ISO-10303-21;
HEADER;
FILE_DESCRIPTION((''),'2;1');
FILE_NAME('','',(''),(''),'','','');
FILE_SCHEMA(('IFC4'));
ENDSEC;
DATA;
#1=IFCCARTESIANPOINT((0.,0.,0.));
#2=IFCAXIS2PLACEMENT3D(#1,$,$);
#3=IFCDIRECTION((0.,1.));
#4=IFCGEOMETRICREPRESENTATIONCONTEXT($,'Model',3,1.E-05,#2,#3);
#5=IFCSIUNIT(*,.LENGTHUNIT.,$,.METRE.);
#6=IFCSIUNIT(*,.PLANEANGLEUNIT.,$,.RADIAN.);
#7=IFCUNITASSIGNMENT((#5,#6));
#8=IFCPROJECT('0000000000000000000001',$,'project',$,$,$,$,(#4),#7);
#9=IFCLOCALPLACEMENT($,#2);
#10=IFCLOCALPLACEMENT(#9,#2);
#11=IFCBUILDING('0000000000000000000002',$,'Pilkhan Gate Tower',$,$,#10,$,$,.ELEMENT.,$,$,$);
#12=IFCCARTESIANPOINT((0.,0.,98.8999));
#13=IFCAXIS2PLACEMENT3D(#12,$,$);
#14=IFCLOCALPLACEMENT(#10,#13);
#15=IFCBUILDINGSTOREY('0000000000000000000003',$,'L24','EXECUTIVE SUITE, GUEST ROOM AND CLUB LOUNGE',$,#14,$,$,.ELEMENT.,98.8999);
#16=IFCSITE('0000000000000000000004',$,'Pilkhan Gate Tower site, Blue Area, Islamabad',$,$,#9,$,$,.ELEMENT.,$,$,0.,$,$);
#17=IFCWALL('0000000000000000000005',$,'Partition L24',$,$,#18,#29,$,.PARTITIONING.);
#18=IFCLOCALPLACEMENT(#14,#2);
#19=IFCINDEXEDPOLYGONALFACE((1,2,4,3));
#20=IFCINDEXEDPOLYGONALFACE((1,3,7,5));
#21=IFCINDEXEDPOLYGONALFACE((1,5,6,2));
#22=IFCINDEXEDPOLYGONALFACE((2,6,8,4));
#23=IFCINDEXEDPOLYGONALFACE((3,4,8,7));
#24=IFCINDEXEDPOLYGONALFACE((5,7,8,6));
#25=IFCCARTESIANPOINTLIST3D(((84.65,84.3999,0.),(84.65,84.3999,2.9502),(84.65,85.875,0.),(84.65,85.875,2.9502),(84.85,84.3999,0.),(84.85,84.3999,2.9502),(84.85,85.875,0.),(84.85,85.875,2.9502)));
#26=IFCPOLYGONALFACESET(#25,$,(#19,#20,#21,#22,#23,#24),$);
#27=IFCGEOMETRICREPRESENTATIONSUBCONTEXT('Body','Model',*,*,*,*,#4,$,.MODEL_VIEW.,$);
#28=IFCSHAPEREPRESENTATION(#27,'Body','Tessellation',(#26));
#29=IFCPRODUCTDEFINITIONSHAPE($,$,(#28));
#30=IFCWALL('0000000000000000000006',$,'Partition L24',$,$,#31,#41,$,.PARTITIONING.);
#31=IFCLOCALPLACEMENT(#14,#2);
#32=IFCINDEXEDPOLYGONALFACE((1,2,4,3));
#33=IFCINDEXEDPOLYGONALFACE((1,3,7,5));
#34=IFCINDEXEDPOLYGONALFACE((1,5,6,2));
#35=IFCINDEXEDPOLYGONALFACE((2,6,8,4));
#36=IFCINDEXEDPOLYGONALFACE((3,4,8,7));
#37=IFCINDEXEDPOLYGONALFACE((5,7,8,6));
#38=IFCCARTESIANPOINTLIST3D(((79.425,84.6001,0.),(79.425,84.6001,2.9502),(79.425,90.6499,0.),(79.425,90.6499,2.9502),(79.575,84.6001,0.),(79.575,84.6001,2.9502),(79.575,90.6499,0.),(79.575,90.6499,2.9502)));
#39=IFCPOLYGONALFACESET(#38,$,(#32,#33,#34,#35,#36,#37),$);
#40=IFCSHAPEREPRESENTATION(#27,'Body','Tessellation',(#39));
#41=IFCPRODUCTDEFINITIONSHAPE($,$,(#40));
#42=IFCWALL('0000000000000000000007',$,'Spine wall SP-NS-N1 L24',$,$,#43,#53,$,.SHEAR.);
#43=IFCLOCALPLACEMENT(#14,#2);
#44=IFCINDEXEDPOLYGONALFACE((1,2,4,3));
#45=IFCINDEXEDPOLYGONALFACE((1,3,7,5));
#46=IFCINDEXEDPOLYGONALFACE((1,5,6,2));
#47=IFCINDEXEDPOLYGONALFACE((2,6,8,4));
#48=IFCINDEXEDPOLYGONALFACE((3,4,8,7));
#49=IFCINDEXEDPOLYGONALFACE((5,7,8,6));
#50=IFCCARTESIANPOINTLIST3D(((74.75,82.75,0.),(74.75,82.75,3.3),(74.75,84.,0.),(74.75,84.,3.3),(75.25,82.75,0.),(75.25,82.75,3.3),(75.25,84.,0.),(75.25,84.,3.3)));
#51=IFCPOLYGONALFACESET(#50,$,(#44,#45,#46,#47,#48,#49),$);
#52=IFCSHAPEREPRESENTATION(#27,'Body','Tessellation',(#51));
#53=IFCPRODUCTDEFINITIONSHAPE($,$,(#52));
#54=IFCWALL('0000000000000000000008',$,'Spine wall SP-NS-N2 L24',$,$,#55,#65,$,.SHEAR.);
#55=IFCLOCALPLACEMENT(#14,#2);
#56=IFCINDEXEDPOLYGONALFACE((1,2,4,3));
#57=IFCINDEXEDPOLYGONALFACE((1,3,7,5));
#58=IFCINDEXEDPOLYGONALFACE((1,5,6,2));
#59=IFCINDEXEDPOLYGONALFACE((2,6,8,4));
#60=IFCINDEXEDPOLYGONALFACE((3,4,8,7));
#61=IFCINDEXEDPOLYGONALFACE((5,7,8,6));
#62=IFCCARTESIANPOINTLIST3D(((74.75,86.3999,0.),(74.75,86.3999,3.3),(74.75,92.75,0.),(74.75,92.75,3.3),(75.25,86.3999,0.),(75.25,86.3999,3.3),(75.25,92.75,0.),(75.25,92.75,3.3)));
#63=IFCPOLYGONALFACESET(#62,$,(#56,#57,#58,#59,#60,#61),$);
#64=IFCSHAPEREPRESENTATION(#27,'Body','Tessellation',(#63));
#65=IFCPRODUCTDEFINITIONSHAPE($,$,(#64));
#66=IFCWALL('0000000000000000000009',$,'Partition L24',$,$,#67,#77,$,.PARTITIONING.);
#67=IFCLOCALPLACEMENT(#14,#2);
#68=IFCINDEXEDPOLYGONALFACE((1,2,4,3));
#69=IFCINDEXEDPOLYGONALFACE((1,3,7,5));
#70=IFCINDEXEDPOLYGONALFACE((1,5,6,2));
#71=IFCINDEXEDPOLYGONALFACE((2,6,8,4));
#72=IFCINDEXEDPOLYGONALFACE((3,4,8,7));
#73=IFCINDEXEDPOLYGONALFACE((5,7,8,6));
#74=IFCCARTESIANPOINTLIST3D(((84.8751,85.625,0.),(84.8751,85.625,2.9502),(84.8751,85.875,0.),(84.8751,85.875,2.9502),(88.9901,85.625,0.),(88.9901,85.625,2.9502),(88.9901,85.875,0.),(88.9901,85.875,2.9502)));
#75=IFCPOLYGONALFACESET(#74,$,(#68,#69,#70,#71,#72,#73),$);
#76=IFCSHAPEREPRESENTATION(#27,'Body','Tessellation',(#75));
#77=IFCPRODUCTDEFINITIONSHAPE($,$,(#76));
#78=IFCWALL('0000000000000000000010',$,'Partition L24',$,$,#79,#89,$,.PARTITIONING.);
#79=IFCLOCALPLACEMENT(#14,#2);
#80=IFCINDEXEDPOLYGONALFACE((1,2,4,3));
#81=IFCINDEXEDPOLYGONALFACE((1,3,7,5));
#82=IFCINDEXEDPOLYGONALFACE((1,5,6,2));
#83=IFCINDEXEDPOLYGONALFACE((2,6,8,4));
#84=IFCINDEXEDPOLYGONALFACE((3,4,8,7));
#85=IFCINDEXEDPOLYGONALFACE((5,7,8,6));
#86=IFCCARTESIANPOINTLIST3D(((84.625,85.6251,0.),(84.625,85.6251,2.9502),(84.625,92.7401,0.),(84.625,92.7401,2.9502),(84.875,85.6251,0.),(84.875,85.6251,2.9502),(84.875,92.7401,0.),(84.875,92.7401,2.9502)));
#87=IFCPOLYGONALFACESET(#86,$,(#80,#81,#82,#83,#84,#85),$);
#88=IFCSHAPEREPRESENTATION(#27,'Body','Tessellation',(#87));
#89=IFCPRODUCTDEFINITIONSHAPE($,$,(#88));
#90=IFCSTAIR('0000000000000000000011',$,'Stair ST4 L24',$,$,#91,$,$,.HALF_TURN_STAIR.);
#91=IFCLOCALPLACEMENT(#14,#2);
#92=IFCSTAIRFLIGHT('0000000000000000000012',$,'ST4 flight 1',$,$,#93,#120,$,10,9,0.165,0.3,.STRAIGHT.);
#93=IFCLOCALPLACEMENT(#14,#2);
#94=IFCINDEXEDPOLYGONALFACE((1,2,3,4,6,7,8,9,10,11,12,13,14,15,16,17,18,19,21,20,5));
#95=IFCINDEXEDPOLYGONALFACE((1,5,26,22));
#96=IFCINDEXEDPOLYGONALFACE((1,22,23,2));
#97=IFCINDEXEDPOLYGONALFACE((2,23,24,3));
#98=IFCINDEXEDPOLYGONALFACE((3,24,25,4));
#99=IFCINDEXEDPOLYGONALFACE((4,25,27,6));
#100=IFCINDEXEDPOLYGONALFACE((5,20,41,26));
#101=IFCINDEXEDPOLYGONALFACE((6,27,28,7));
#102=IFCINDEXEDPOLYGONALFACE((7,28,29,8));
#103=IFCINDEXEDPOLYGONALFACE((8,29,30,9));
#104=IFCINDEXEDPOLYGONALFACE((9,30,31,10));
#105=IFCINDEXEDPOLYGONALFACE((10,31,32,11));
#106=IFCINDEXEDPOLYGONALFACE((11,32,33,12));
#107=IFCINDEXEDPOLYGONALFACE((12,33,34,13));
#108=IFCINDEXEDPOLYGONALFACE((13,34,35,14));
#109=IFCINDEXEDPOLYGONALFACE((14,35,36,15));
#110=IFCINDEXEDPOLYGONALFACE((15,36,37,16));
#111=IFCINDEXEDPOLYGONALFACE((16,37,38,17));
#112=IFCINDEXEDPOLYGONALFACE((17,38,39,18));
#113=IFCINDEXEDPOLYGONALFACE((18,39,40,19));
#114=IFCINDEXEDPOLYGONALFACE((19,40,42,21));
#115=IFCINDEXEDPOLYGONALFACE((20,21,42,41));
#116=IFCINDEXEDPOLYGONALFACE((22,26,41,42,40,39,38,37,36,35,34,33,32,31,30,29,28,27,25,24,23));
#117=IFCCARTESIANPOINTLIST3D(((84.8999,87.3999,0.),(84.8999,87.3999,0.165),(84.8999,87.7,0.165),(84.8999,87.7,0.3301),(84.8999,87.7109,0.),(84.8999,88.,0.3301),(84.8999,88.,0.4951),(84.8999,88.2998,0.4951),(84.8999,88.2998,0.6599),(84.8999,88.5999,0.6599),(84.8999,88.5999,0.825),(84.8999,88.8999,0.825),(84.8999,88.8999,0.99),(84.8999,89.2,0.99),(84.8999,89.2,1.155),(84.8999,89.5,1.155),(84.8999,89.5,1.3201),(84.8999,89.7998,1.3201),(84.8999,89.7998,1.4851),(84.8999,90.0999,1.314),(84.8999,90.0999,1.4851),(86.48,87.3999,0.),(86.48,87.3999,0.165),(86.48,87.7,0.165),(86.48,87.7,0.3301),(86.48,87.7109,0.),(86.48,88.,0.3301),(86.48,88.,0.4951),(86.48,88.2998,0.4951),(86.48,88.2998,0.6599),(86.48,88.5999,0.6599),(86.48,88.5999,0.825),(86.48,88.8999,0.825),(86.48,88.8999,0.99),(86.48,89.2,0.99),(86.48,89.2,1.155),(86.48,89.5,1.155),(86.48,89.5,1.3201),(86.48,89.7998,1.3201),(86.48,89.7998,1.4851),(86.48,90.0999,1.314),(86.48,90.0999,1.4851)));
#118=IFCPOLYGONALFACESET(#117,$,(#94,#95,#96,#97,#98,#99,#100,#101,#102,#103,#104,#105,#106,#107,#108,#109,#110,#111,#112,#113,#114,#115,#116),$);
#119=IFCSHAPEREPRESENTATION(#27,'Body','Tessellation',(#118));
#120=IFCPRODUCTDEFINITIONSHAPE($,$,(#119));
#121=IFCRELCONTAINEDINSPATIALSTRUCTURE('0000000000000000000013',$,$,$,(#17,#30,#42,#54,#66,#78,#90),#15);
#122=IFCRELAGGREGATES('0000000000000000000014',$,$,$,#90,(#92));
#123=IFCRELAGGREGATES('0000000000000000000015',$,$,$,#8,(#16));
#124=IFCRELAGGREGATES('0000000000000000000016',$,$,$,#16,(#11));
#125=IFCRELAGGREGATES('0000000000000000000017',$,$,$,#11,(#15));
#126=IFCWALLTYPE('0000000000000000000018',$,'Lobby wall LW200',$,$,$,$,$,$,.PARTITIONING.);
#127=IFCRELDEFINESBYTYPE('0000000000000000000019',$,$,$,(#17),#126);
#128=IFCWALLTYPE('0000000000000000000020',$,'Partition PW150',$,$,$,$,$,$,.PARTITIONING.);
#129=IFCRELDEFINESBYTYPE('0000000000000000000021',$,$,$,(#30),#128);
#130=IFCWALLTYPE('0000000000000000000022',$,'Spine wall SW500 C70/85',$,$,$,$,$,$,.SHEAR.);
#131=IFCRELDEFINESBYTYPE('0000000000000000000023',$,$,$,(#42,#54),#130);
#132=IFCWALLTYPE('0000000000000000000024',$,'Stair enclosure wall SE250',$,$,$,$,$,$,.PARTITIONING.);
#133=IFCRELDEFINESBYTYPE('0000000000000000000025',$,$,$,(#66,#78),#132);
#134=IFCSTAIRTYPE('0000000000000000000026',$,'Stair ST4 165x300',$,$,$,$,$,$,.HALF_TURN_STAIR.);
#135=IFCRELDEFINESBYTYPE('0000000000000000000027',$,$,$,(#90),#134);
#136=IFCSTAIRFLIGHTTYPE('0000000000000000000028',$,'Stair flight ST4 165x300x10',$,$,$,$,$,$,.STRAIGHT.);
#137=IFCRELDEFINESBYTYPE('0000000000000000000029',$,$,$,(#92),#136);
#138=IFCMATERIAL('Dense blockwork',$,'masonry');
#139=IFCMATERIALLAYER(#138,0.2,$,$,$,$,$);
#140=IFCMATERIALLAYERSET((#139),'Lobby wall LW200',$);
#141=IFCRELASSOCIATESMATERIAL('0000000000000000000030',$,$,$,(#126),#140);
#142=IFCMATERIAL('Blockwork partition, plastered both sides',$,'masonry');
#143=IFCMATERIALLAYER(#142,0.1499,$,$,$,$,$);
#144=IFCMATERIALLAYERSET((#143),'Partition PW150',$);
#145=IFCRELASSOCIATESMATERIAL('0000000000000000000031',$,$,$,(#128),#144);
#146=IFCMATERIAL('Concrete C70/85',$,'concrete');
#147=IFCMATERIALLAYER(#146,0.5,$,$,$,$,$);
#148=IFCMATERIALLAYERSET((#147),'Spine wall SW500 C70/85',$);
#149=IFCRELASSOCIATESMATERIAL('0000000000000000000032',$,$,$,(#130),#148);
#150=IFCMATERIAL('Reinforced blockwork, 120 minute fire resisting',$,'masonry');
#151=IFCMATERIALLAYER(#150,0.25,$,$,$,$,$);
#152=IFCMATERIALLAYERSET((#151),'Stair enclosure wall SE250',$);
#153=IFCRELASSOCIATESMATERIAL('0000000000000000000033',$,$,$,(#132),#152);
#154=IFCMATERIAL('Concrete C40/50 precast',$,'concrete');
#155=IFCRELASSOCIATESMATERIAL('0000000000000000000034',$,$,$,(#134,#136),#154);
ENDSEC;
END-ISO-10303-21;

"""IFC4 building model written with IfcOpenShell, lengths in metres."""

from ifc_helpers import new_model, si_unit, direction, frame, frame_2d, origin, place, context, subcontext, project, spatial, polyline, rectangle, outline, extrude, material, layer, layer_set, type_object, element, aggregate, save


model = new_model("IFC4")

# Units and contexts
model_context = context("Model", 3, precision=1e-05, world=origin(), true_north=direction((0.0, 1.0)))
body_context = subcontext(model_context, "Body", "Model", "MODEL_VIEW")
ifc_project = project(units=[si_unit("LENGTHUNIT", "METRE"), si_unit("PLANEANGLEUNIT", "RADIAN")], contexts=[model_context])

# Site, building, storey
site_placement = place(None, origin())
site = spatial("IfcSite", under=ifc_project, at=site_placement, Name="Pilkhan Gate Tower site, Blue Area, Islamabad", CompositionType="ELEMENT", RefElevation=0.0)
building_placement = place(site_placement, origin())
building = spatial("IfcBuilding", under=site, at=building_placement, Name="Pilkhan Gate Tower", CompositionType="ELEMENT")
storey_placement = place(building_placement, frame((0.0, 0.0, 98.8999)))
storey = spatial("IfcBuildingStorey", under=building, at=storey_placement, Name="L24", Description="EXECUTIVE SUITE, GUEST ROOM AND CLUB LOUNGE", CompositionType="ELEMENT", Elevation=98.8999)

# Shared definitions
ifc_material_1 = material(Name="Concrete C70/85", Category="concrete")

# Shared definitions
ifc_material_2 = material(Name="Dense blockwork", Category="masonry")

# Shared definitions
ifc_layer_1 = layer(ifc_material_2, 0.2)
ifc_layer_set_1 = layer_set([ifc_layer_1], Name="Lobby wall LW200")
wall_type_1 = type_object("IfcWallType", Name="Lobby wall LW200", PredefinedType="PARTITIONING", material=ifc_layer_set_1)

# Walls
wall_1_placement = place(storey_placement, frame((84.75, 84.3999, 0.0), z_axis=(0.0, 0.0, 1.0), x_axis=(0.0, 1.0, 0.0)))
element("IfcWall", 1, at=wall_1_placement, inside=storey, type_object=wall_type_1, Name="Partition L24", PredefinedType="PARTITIONING", context=body_context, shape_type="SweptSolid", body=[
    extrude(rectangle(XDim=1.4751, YDim=0.2, at=frame_2d((0.7375, 0.0))), origin(), (0.0, 0.0, 1.0), 2.9502),
])
ifc_material_3 = material(Name="Blockwork partition, plastered both sides", Category="masonry")
ifc_layer_2 = layer(ifc_material_3, 0.1499)
ifc_layer_set_2 = layer_set([ifc_layer_2], Name="Partition PW150")
wall_type_2 = type_object("IfcWallType", Name="Partition PW150", PredefinedType="PARTITIONING", material=ifc_layer_set_2)
wall_2_placement = place(storey_placement, frame((79.5, 84.6001, 0.0), z_axis=(0.0, 0.0, 1.0), x_axis=(0.0, 1.0, 0.0)))
element("IfcWall", 2, at=wall_2_placement, inside=storey, type_object=wall_type_2, Name="Partition L24", PredefinedType="PARTITIONING", context=body_context, shape_type="SweptSolid", body=[
    extrude(rectangle(XDim=6.0498, YDim=0.1499, at=frame_2d((3.0249, 0.0))), origin(), (0.0, 0.0, 1.0), 2.9502),
])
ifc_layer_3 = layer(ifc_material_1, 0.5)
ifc_layer_set_3 = layer_set([ifc_layer_3], Name="Spine wall SW500 C70/85")
wall_type_3 = type_object("IfcWallType", Name="Spine wall SW500 C70/85", PredefinedType="SHEAR", material=ifc_layer_set_3)
wall_3_placement = place(storey_placement, frame((75.0, 82.75, 0.0), z_axis=(0.0, 0.0, 1.0), x_axis=(0.0, 1.0, 0.0)))
element("IfcWall", 3, at=wall_3_placement, inside=storey, type_object=wall_type_3, Name="Spine wall SP-NS-N1 L24", PredefinedType="SHEAR", context=body_context, shape_type="SweptSolid", body=[
    extrude(rectangle(XDim=1.25, YDim=0.5, at=frame_2d((0.625, 0.0))), origin(), (0.0, 0.0, 1.0), 3.3),
])
wall_4_placement = place(storey_placement, frame((75.0, 86.3999, 0.0), z_axis=(0.0, 0.0, 1.0), x_axis=(0.0, 1.0, 0.0)))
element("IfcWall", 4, at=wall_4_placement, inside=storey, type_object=wall_type_3, Name="Spine wall SP-NS-N2 L24", PredefinedType="SHEAR", context=body_context, shape_type="SweptSolid", body=[
    extrude(rectangle(XDim=6.3501, YDim=0.5, at=frame_2d((3.175, 0.0))), origin(), (0.0, 0.0, 1.0), 3.3),
])
ifc_material_4 = material(Name="Reinforced blockwork, 120 minute fire resisting", Category="masonry")
ifc_layer_4 = layer(ifc_material_4, 0.25)
ifc_layer_set_4 = layer_set([ifc_layer_4], Name="Stair enclosure wall SE250")
wall_type_4 = type_object("IfcWallType", Name="Stair enclosure wall SE250", PredefinedType="PARTITIONING", material=ifc_layer_set_4)
wall_5_placement = place(storey_placement, frame((84.875, 85.75, 0.0), z_axis=(0.0, 0.0, 1.0), x_axis=(1.0, 0.0, 0.0)))
element("IfcWall", 5, at=wall_5_placement, inside=storey, type_object=wall_type_4, Name="Partition L24", PredefinedType="PARTITIONING", context=body_context, shape_type="SweptSolid", body=[
    extrude(rectangle(XDim=4.115, YDim=0.25, at=frame_2d((2.0576, 0.0))), origin(), (0.0, 0.0, 1.0), 2.9502),
])
wall_6_placement = place(storey_placement, frame((84.75, 85.625, 0.0), z_axis=(0.0, 0.0, 1.0), x_axis=(0.0, 1.0, 0.0)))
element("IfcWall", 6, at=wall_6_placement, inside=storey, type_object=wall_type_4, Name="Partition L24", PredefinedType="PARTITIONING", context=body_context, shape_type="SweptSolid", body=[
    extrude(rectangle(XDim=7.115, YDim=0.25, at=frame_2d((3.5576, 0.0))), origin(), (0.0, 0.0, 1.0), 2.9502),
])

# Stair, stair flight
ifc_material_5 = material(Name="Concrete C40/50 precast", Category="concrete")
stair_type = type_object("IfcStairType", Name="Stair ST4 165x300", PredefinedType="HALF_TURN_STAIR", material=ifc_material_5)
stair_placement = place(storey_placement, origin())
stair = element("IfcStair", 7, at=stair_placement, inside=storey, type_object=stair_type, Name="Stair ST4 L24", PredefinedType="HALF_TURN_STAIR")
stair_flight_type = type_object("IfcStairFlightType", Name="Stair flight ST4 165x300x10", PredefinedType="STRAIGHT", material=ifc_material_5)
stair_flight_placement = place(storey_placement, frame((85.6899, 87.3999, 0.0), z_axis=(0.0, 0.0, 1.0), x_axis=(0.0, 1.0, 0.0)))
stair_flight = element("IfcStairFlight", 8, at=stair_flight_placement, type_object=stair_flight_type, Name="ST4 flight 1", NumberOfRisers=10, NumberOfTreads=9, PredefinedType="STRAIGHT", RiserHeight=0.165, TreadLength=0.3, context=body_context, shape_type="SweptSolid", body=[
    extrude(outline(polyline([(0.0, 0.0), (0.0, 0.165), (0.3, 0.165), (0.3, 0.3301), (0.6001, 0.3301), (0.6001, 0.4951), (0.8999, 0.4951), (0.8999, 0.6599), (1.2, 0.6599), (1.2, 0.825), (1.5, 0.825), (1.5, 0.99), (1.8, 0.99), (1.8, 1.155), (2.1001, 1.155), (2.1001, 1.3201), (2.3999, 1.3201), (2.3999, 1.4851), (2.7, 1.4851), (2.7, 1.6499), (2.7, 1.314), (0.311, 0.0), (0.0, 0.0)])), frame((0.0, 0.79, 0.0), z_axis=(0.0, -1.0, 0.0), x_axis=(1.0, 0.0, 0.0)), (0.0, 0.0, 1.0), 1.5801),
])
aggregate(stair, [stair_flight])

save(model, "model.ifc")
